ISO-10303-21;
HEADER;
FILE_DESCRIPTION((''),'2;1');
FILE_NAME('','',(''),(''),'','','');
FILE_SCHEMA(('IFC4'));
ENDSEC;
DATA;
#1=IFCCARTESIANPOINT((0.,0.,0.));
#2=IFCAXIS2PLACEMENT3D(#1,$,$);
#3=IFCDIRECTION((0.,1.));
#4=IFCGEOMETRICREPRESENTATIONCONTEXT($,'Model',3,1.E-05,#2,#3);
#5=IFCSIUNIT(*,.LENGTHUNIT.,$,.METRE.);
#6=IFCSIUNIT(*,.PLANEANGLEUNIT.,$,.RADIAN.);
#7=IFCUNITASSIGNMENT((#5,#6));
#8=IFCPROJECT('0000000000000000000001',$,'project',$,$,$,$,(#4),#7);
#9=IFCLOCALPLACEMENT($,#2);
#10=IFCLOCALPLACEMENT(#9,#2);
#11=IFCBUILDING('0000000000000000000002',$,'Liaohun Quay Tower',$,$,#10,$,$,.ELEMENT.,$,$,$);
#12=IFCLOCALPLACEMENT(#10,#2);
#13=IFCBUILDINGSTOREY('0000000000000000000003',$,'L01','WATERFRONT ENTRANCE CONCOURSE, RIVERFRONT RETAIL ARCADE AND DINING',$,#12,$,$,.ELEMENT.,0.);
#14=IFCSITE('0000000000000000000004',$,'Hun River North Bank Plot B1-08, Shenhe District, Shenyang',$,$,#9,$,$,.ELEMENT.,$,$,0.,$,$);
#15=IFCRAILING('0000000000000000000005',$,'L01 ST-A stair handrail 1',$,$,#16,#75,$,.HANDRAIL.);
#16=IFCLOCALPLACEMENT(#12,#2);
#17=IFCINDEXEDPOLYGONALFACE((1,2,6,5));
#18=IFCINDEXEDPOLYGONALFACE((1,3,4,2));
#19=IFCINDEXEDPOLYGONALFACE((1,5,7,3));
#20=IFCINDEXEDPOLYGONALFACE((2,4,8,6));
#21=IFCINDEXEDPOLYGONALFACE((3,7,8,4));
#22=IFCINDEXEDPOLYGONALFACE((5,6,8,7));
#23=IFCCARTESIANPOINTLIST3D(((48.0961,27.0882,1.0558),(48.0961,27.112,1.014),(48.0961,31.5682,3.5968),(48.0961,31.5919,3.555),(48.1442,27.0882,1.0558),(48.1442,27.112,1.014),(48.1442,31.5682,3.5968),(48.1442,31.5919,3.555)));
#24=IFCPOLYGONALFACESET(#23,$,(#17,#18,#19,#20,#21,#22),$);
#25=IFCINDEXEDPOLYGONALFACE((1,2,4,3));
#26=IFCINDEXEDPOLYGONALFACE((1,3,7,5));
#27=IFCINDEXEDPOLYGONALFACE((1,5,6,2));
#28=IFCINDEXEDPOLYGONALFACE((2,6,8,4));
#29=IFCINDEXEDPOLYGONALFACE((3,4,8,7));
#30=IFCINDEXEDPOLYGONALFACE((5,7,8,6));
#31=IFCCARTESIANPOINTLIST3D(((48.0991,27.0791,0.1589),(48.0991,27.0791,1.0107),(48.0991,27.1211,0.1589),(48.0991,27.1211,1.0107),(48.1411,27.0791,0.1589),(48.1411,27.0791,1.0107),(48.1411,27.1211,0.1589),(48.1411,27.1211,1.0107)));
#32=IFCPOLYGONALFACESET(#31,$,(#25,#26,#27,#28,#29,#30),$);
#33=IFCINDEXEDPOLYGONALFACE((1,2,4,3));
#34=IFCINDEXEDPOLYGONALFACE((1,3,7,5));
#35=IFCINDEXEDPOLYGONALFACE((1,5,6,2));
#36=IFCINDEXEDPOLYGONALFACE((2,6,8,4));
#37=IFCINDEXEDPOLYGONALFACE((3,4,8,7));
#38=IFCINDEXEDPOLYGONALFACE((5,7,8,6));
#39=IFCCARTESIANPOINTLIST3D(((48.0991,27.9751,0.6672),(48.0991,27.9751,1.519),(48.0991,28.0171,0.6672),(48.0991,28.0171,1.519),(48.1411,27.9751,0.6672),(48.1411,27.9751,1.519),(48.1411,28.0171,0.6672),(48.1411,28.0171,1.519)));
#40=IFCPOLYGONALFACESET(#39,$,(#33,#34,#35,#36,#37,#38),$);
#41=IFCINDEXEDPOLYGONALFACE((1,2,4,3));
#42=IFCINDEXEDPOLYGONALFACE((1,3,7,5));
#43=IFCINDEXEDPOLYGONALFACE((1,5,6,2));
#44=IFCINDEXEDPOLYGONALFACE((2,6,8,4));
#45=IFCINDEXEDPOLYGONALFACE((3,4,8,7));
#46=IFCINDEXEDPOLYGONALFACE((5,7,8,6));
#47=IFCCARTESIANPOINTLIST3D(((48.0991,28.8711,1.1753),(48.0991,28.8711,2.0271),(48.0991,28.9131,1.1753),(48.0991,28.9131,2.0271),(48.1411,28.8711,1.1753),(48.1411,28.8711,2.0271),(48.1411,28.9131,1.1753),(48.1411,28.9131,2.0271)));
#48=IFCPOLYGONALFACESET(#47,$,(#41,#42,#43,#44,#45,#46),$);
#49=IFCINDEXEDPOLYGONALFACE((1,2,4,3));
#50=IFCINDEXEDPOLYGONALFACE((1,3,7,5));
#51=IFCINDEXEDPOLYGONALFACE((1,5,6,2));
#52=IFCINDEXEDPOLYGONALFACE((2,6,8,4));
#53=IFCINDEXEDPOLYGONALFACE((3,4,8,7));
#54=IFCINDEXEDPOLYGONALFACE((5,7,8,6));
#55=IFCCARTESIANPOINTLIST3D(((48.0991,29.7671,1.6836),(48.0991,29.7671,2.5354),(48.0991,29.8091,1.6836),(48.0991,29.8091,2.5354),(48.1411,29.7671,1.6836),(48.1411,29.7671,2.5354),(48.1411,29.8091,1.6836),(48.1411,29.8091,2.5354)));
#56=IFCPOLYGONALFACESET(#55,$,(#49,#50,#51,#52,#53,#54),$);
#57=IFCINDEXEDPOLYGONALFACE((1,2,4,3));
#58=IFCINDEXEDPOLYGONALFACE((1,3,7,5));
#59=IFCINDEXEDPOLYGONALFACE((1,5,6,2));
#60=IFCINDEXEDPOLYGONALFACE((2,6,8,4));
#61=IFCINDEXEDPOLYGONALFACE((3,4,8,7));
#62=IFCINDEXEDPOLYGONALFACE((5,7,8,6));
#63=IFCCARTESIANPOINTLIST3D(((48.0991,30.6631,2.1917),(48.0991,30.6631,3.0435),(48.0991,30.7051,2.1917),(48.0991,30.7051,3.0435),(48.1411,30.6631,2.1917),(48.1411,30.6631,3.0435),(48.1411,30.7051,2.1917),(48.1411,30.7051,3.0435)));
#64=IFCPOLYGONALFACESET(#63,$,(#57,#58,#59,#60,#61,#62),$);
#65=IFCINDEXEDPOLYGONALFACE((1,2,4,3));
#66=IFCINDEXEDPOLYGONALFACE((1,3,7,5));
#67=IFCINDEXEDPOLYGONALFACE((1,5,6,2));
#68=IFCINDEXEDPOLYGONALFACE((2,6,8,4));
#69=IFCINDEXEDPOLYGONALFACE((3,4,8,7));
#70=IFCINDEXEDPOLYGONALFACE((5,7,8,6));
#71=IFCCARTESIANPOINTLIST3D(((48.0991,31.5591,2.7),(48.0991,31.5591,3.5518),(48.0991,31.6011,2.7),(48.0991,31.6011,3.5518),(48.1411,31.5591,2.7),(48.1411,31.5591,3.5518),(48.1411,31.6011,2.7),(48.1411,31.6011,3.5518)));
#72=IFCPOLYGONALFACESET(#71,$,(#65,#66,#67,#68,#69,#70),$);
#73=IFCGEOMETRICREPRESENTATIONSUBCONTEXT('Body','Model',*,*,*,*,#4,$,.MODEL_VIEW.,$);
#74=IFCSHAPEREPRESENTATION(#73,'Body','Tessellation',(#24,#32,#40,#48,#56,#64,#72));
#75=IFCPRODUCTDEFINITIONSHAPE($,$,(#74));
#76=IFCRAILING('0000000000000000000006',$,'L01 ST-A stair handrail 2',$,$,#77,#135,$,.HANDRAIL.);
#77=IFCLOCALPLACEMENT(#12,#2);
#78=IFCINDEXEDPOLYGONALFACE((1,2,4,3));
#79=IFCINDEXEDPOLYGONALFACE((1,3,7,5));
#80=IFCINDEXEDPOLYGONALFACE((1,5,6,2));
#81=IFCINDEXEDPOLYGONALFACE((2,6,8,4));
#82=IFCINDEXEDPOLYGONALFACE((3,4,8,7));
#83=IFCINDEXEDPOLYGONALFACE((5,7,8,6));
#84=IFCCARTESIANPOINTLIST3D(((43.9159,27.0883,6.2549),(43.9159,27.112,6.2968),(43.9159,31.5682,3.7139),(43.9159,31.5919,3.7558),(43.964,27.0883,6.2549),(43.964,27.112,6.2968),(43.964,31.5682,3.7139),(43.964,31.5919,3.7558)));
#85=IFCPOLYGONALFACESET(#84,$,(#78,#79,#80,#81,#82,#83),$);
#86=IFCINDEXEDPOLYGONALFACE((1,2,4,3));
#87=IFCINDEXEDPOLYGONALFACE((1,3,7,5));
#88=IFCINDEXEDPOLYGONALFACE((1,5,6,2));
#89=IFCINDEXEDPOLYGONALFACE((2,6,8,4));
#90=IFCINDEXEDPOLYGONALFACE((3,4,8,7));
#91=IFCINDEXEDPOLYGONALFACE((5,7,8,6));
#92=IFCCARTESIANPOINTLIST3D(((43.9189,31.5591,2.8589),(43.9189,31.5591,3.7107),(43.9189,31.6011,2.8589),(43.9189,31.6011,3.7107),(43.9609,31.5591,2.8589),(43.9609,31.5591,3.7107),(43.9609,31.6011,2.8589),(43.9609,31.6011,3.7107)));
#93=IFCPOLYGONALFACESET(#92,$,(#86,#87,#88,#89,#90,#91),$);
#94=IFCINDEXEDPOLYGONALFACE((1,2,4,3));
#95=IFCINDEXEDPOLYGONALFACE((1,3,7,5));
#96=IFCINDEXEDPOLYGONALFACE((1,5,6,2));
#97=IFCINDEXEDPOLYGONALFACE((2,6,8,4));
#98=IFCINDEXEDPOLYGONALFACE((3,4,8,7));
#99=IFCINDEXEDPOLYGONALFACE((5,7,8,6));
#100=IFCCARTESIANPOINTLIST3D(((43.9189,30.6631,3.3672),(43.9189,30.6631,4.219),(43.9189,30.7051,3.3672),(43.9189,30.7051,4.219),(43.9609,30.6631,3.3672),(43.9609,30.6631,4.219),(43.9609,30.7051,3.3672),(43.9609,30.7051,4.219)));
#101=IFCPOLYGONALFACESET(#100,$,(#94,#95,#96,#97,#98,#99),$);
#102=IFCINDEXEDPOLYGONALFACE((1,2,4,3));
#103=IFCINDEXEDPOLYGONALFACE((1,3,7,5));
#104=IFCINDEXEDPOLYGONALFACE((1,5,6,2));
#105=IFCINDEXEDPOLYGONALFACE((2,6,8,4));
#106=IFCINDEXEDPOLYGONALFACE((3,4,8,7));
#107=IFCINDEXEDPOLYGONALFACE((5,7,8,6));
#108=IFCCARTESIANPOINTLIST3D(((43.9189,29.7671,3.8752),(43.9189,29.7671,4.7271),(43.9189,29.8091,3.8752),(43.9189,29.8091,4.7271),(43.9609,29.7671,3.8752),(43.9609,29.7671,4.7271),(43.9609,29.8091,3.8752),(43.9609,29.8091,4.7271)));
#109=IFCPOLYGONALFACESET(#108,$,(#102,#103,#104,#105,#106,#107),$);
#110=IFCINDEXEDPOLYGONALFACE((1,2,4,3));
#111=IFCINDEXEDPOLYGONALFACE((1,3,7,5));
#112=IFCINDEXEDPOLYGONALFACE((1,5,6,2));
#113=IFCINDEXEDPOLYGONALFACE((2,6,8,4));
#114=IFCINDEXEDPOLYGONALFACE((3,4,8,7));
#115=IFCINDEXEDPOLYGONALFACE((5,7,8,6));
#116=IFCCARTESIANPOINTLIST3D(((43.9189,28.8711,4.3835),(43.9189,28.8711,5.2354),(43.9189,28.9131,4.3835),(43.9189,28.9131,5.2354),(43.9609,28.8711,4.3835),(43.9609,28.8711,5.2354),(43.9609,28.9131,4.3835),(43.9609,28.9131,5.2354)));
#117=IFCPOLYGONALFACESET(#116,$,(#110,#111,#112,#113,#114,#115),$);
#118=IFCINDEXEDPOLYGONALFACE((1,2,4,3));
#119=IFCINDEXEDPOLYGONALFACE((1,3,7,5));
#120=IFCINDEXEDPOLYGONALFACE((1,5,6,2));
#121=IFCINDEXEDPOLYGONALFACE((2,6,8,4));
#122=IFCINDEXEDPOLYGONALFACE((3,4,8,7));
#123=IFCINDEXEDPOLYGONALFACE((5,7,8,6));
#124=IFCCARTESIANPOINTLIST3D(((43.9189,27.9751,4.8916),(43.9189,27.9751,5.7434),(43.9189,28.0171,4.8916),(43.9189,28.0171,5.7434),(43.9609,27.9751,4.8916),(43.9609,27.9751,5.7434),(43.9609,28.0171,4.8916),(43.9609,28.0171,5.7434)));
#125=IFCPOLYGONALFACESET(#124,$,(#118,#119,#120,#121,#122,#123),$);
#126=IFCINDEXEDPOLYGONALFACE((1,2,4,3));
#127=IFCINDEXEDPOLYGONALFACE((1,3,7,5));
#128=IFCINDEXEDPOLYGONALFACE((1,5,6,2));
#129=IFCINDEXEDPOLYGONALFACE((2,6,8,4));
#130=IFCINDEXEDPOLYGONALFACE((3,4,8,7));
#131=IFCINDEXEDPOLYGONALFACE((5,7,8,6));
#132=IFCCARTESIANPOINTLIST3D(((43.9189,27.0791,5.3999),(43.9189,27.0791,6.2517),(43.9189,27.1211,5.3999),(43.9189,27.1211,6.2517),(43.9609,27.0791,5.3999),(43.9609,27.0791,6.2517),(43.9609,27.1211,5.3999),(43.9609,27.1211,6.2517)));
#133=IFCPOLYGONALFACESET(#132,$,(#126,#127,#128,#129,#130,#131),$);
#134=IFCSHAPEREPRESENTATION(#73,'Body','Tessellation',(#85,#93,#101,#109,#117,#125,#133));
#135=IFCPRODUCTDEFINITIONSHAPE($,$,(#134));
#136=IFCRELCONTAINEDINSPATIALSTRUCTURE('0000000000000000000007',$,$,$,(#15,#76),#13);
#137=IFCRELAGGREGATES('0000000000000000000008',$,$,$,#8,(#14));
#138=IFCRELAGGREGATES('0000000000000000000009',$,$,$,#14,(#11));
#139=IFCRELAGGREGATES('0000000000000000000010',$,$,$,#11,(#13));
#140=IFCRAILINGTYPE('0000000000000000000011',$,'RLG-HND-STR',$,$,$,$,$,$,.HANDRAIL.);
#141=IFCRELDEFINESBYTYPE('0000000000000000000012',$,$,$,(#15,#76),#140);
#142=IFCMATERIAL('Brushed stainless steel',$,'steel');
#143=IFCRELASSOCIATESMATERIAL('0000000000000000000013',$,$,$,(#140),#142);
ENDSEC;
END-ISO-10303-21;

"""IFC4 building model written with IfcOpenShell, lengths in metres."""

from ifc_helpers import new_model, si_unit, direction, frame, origin, origin_2d, place, context, subcontext, project, spatial, rectangle, extrude, material, type_object, element, save


model = new_model("IFC4")

# Units and contexts
model_context = context("Model", 3, precision=1e-05, world=origin(), true_north=direction((0.0, 1.0)))
body_context = subcontext(model_context, "Body", "Model", "MODEL_VIEW")
ifc_project = project(units=[si_unit("LENGTHUNIT", "METRE"), si_unit("PLANEANGLEUNIT", "RADIAN")], contexts=[model_context])

# Site, building, storey
site_placement = place(None, origin())
site = spatial("IfcSite", under=ifc_project, at=site_placement, Name="Hun River North Bank Plot B1-08, Shenhe District, Shenyang", CompositionType="ELEMENT", RefElevation=0.0)
building_placement = place(site_placement, origin())
building = spatial("IfcBuilding", under=site, at=building_placement, Name="Liaohun Quay Tower", CompositionType="ELEMENT")
storey_placement = place(building_placement, origin())
storey = spatial("IfcBuildingStorey", under=building, at=storey_placement, Name="L01", Description="WATERFRONT ENTRANCE CONCOURSE, RIVERFRONT RETAIL ARCADE AND DINING", CompositionType="ELEMENT", Elevation=0.0)

# Railings
ifc_material_1 = material(Name="Brushed stainless steel", Category="steel")
railing_type_1 = type_object("IfcRailingType", Name="RLG-HND-STR", PredefinedType="HANDRAIL", material=ifc_material_1)
railing_1_placement = place(storey_placement, frame((48.1201, 27.1001, 0.1589)))
element("IfcRailing", 1, at=railing_1_placement, inside=storey, type_object=railing_type_1, Name="L01 ST-A stair handrail 1", PredefinedType="HANDRAIL", context=body_context, shape_type="SweptSolid", body=[
    extrude(rectangle(XDim=0.0481, YDim=0.0481, at=origin_2d()), frame((0.0, 0.0, 0.876), z_axis=(0.0, 0.869826, 0.493359), x_axis=(-1.0, 0.0, 0.0)), (0.0, 0.0, 1.0), 5.1504),
    extrude(rectangle(XDim=0.042, YDim=0.042, at=origin_2d()), origin(), (0.0, 0.0, 1.0), 0.8518),
    extrude(rectangle(XDim=0.042, YDim=0.042, at=origin_2d()), frame((0.0, 0.896, 0.5083)), (0.0, 0.0, 1.0), 0.8518),
    extrude(rectangle(XDim=0.042, YDim=0.042, at=origin_2d()), frame((0.0, 1.792, 1.0164)), (0.0, 0.0, 1.0), 0.8518),
    extrude(rectangle(XDim=0.042, YDim=0.042, at=origin_2d()), frame((0.0, 2.688, 1.5247)), (0.0, 0.0, 1.0), 0.8518),
    extrude(rectangle(XDim=0.042, YDim=0.042, at=origin_2d()), frame((0.0, 3.584, 2.0327)), (0.0, 0.0, 1.0), 0.8518),
    extrude(rectangle(XDim=0.042, YDim=0.042, at=origin_2d()), frame((0.0, 4.48, 2.541)), (0.0, 0.0, 1.0), 0.8518),
])
railing_2_placement = place(storey_placement, frame((43.9399, 31.5801, 2.8589)))
element("IfcRailing", 2, at=railing_2_placement, inside=storey, type_object=railing_type_1, Name="L01 ST-A stair handrail 2", PredefinedType="HANDRAIL", context=body_context, shape_type="SweptSolid", body=[
    extrude(rectangle(XDim=0.0481, YDim=0.0481, at=origin_2d()), frame((0.0, 0.0, 0.876), z_axis=(0.0, -0.869826, 0.493359), x_axis=(1.0, 0.0, 0.0)), (0.0, 0.0, 1.0), 5.1504),
    extrude(rectangle(XDim=0.042, YDim=0.042, at=origin_2d()), origin(), (0.0, 0.0, 1.0), 0.8518),
    extrude(rectangle(XDim=0.042, YDim=0.042, at=origin_2d()), frame((0.0, -0.896, 0.5083)), (0.0, 0.0, 1.0), 0.8518),
    extrude(rectangle(XDim=0.042, YDim=0.042, at=origin_2d()), frame((0.0, -1.792, 1.0164)), (0.0, 0.0, 1.0), 0.8518),
    extrude(rectangle(XDim=0.042, YDim=0.042, at=origin_2d()), frame((0.0, -2.688, 1.5247)), (0.0, 0.0, 1.0), 0.8518),
    extrude(rectangle(XDim=0.042, YDim=0.042, at=origin_2d()), frame((0.0, -3.584, 2.0327)), (0.0, 0.0, 1.0), 0.8518),
    extrude(rectangle(XDim=0.042, YDim=0.042, at=origin_2d()), frame((0.0, -4.48, 2.541)), (0.0, 0.0, 1.0), 0.8518),
])

save(model, "model.ifc")
